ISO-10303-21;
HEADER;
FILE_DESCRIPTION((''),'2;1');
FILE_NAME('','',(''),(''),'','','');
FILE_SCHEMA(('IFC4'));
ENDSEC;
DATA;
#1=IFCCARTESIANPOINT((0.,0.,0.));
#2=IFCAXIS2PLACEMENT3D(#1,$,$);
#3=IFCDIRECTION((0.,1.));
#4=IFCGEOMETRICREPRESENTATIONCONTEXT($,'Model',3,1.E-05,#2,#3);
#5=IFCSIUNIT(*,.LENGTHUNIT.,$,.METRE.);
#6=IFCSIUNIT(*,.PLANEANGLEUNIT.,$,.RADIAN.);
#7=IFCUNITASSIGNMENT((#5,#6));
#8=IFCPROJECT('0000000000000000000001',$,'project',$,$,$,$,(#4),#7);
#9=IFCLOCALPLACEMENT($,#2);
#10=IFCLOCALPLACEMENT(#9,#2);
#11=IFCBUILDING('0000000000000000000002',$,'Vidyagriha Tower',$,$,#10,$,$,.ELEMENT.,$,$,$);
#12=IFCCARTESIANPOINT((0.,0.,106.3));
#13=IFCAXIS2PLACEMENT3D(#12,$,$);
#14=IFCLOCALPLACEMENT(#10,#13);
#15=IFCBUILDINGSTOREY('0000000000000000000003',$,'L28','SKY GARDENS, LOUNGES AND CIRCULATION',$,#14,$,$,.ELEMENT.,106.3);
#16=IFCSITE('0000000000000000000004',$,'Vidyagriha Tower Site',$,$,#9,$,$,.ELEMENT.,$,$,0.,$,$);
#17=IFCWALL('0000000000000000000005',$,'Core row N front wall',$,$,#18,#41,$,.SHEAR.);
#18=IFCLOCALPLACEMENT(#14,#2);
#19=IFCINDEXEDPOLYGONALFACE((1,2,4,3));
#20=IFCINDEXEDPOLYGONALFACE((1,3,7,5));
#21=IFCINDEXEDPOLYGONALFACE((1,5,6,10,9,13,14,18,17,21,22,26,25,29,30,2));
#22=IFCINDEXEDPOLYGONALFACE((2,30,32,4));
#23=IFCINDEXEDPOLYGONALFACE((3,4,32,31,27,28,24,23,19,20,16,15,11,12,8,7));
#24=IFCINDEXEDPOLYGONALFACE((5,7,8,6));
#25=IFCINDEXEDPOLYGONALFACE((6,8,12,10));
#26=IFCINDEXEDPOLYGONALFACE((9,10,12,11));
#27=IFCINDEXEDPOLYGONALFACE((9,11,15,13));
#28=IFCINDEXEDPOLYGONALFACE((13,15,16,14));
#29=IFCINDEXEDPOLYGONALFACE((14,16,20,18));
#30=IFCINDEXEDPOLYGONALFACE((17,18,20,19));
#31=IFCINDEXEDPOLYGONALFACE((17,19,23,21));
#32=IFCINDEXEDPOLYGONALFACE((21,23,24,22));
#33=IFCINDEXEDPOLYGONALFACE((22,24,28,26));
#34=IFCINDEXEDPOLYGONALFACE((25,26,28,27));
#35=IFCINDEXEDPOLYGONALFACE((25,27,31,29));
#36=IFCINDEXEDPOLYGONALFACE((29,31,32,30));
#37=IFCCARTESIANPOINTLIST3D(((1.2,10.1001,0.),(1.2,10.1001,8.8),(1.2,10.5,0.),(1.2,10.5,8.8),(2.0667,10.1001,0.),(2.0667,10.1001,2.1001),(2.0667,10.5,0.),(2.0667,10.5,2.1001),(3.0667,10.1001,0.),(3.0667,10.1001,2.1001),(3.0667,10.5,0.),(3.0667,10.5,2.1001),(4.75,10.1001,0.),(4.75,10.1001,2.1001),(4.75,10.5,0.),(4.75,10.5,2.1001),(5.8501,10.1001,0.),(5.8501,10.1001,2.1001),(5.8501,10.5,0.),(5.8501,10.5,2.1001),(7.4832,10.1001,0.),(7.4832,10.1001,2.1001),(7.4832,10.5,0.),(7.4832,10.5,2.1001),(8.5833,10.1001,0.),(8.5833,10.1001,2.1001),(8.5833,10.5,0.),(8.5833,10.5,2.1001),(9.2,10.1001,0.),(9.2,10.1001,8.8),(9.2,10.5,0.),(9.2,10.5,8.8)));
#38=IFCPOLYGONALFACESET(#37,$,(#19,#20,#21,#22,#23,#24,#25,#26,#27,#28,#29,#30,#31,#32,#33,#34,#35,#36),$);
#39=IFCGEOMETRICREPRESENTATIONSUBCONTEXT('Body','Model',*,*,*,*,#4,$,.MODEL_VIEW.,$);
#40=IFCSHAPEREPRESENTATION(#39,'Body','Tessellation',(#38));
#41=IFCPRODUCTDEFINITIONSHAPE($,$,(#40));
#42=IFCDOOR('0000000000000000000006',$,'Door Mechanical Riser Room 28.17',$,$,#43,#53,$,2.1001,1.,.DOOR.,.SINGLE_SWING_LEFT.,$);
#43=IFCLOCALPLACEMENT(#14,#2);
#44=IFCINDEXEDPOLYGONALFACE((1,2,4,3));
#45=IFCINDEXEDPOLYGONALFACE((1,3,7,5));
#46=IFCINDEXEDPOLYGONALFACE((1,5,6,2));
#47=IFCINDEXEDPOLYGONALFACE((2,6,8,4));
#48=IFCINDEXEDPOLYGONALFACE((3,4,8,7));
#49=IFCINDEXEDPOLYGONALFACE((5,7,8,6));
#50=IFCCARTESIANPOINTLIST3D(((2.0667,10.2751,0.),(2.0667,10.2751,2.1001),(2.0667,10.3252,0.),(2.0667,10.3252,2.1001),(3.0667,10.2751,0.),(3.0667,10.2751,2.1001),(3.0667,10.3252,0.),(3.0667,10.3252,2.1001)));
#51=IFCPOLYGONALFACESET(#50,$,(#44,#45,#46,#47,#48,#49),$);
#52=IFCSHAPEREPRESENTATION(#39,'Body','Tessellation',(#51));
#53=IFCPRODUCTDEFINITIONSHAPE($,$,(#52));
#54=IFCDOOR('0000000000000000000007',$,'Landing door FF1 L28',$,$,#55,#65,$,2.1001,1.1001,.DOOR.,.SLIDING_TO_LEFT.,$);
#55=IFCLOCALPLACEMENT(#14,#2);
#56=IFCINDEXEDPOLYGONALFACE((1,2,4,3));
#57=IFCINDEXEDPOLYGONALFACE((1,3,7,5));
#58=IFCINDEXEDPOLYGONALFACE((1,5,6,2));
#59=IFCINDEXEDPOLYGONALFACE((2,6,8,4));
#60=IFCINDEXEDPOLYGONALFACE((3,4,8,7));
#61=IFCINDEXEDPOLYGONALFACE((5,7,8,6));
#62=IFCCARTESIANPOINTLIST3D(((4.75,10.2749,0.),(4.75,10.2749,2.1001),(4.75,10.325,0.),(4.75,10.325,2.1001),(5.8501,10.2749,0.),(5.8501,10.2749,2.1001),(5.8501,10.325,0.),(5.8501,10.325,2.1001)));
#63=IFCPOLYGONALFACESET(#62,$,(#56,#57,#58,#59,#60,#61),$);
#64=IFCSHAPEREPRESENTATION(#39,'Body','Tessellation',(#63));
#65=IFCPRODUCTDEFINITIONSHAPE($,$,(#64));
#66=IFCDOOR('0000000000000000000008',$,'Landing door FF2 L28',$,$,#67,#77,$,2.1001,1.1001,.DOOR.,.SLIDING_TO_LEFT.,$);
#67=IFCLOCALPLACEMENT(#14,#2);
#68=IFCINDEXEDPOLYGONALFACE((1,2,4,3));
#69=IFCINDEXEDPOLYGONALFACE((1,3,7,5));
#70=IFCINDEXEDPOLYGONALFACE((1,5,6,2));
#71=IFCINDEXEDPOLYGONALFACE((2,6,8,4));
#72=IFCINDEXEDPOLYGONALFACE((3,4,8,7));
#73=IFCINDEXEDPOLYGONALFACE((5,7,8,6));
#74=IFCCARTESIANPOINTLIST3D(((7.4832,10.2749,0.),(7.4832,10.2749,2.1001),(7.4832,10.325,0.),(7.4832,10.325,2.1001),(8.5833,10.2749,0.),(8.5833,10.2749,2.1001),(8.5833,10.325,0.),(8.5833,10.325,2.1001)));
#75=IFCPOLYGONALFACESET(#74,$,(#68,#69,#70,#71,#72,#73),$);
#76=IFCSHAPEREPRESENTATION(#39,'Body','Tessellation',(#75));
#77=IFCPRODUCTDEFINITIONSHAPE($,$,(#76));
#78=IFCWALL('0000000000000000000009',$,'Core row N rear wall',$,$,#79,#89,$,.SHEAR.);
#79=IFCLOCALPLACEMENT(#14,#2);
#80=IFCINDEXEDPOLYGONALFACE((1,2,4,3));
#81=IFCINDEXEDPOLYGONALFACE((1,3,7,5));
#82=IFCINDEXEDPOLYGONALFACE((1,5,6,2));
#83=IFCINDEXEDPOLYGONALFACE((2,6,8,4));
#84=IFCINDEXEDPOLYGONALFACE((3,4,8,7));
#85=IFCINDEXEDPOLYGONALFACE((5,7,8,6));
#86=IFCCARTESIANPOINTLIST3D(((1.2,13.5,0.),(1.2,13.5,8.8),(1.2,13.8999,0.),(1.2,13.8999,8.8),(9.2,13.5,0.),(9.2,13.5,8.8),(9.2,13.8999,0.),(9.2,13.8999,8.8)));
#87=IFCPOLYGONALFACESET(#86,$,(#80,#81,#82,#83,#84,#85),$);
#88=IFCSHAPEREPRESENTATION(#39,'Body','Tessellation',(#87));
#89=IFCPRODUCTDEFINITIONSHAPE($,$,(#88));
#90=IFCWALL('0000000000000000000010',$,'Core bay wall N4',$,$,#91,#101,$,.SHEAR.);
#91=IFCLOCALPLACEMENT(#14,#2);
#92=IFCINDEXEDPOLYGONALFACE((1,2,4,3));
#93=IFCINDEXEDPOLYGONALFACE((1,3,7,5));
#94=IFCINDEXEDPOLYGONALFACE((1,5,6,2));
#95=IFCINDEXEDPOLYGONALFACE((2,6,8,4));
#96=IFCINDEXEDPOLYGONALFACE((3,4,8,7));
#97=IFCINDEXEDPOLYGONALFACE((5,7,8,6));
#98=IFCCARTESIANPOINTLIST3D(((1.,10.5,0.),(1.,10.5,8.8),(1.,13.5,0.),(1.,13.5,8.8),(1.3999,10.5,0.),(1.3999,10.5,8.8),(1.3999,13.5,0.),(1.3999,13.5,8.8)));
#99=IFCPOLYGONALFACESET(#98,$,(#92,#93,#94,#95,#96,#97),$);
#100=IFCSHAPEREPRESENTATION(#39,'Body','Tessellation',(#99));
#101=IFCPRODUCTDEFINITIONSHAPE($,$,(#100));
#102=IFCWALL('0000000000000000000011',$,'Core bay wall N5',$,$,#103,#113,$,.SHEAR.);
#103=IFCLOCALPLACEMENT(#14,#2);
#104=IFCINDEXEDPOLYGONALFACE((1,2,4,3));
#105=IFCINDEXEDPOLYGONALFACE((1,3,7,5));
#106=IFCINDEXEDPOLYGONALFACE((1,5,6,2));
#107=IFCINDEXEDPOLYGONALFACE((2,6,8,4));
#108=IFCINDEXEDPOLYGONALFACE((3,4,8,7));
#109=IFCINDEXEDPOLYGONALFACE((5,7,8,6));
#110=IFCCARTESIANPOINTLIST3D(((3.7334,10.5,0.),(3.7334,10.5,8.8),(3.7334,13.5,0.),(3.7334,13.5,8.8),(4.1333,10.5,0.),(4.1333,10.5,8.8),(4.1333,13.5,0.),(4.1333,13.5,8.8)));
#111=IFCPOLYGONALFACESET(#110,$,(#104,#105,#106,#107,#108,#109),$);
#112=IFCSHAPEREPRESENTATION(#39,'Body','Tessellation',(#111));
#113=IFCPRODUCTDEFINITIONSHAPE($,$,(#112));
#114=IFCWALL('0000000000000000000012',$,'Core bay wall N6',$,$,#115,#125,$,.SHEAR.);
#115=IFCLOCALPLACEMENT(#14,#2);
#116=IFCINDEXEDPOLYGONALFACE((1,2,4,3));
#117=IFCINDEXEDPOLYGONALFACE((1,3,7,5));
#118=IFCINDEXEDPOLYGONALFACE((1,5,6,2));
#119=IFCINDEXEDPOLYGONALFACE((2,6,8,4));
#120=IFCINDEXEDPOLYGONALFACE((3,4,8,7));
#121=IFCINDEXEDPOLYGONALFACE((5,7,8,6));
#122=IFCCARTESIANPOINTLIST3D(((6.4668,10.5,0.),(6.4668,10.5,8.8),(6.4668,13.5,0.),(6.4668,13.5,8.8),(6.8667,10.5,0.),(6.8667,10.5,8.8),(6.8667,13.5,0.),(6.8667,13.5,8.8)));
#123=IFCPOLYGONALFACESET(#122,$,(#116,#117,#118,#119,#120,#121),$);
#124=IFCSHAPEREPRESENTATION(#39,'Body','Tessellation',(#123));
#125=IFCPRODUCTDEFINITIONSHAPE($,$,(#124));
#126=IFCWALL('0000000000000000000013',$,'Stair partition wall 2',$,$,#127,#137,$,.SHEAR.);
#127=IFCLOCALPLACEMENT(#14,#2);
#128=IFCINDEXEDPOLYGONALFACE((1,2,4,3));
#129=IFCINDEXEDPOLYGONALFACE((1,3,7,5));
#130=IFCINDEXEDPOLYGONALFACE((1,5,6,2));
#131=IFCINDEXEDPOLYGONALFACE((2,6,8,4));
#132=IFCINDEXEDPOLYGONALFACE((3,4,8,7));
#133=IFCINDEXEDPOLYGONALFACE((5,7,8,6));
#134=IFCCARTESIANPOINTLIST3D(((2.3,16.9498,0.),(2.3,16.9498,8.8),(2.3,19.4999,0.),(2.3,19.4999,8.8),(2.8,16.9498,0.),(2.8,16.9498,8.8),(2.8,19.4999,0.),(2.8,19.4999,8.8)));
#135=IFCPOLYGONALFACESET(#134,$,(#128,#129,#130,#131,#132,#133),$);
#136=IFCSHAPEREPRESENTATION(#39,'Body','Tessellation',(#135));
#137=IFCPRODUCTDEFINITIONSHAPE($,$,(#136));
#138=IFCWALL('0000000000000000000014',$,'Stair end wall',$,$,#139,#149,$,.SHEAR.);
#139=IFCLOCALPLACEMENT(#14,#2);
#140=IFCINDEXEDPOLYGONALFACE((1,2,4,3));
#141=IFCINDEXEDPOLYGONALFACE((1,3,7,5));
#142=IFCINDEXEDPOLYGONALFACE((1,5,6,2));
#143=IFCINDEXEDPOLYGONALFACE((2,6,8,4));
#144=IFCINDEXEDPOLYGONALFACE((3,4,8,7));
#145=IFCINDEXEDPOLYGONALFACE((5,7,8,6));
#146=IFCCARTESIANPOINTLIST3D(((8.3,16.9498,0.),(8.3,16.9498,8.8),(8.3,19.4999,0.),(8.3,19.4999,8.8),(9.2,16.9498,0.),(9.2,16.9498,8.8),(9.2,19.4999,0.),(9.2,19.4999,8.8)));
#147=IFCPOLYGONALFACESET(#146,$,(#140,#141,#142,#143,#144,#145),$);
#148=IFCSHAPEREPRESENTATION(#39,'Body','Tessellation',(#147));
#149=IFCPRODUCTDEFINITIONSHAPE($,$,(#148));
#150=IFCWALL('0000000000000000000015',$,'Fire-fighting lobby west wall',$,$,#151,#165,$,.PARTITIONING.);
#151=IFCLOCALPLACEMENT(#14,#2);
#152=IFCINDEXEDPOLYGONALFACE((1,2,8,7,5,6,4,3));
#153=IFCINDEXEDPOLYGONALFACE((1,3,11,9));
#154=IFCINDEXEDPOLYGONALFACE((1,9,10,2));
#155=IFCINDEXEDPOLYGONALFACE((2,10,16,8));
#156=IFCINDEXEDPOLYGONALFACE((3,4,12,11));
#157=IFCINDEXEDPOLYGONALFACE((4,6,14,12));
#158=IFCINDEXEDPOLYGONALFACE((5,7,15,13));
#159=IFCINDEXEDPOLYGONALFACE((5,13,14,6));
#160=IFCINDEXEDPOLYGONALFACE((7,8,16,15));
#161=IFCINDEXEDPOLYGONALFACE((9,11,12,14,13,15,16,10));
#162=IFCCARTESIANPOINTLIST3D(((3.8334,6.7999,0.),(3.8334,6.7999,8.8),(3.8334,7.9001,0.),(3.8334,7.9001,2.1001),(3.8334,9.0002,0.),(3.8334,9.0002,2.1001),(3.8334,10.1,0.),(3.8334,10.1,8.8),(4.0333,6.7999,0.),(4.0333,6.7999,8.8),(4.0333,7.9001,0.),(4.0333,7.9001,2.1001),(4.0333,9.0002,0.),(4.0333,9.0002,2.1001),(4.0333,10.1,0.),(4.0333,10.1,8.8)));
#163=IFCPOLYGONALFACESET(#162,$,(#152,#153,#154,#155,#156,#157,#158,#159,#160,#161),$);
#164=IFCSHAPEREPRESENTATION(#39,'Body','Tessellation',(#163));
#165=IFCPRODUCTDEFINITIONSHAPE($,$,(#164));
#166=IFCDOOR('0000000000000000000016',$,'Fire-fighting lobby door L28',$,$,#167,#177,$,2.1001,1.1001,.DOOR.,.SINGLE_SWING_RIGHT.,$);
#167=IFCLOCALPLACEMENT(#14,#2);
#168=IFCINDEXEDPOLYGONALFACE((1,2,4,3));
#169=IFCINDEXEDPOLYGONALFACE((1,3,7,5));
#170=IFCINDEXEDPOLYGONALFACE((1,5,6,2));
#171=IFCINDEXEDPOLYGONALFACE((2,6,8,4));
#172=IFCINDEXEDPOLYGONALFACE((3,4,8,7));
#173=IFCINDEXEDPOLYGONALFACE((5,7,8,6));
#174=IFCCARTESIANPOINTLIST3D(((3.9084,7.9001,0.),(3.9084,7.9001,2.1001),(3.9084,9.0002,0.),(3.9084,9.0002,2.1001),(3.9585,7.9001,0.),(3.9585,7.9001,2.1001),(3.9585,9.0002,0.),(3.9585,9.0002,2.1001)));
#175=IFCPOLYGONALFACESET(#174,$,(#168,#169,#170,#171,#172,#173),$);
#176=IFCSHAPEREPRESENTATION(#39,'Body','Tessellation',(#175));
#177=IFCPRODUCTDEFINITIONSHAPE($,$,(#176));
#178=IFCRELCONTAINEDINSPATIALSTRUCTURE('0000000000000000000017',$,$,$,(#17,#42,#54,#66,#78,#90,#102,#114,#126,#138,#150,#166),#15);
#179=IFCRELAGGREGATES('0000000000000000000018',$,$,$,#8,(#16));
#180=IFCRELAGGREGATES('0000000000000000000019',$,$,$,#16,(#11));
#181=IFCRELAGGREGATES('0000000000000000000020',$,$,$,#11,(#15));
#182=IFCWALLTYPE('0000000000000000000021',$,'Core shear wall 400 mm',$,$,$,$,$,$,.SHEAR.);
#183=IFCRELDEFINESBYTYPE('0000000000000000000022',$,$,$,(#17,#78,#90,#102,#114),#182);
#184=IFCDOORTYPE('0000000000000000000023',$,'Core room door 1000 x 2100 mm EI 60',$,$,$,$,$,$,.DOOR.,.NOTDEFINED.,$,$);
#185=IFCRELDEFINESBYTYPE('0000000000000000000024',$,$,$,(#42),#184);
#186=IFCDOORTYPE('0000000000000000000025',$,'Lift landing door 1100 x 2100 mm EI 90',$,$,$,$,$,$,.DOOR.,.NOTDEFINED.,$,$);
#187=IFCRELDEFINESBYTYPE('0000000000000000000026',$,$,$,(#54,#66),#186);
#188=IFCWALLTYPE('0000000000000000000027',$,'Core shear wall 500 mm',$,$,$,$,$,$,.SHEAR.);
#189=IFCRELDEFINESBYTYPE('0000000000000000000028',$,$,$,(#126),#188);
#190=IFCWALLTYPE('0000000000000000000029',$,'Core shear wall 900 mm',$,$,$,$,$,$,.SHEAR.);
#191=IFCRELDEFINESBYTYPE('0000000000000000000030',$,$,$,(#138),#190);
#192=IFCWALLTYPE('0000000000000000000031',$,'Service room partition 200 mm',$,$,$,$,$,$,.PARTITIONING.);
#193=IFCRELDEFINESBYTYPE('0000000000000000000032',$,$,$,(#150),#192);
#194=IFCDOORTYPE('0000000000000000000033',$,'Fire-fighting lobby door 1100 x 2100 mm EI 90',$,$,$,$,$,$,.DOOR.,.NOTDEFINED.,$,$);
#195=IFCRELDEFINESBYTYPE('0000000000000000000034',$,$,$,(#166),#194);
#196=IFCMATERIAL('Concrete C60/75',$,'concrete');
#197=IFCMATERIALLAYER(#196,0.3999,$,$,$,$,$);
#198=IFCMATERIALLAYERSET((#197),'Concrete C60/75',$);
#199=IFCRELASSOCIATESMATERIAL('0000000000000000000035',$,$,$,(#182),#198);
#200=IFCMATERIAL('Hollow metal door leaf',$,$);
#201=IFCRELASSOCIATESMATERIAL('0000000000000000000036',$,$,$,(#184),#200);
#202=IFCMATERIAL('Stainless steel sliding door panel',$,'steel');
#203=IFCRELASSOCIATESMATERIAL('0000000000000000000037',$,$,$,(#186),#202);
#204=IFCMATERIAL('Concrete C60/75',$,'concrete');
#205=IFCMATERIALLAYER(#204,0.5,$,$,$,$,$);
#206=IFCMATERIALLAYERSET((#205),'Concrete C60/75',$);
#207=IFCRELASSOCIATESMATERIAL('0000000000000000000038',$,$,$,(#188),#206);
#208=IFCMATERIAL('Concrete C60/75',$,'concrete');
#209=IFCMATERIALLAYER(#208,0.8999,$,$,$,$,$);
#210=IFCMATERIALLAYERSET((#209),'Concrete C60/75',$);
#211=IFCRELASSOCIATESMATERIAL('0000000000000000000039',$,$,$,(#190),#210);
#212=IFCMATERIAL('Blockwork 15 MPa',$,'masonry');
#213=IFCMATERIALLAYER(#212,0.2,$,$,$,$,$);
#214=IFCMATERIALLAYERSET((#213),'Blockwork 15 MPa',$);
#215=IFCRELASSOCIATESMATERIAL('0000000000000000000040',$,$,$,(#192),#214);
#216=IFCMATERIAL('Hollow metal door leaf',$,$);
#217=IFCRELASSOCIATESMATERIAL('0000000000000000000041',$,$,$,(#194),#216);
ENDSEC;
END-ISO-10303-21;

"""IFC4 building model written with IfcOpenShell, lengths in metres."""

from ifc_helpers import new_model, si_unit, direction, frame, frame_2d, origin, place, context, subcontext, project, spatial, rectangle, extrude, material, layer, layer_set, type_object, element, fill, save


model = new_model("IFC4")

# Units and contexts
model_context = context("Model", 3, precision=1e-05, world=origin(), true_north=direction((0.0, 1.0)))
body_context = subcontext(model_context, "Body", "Model", "MODEL_VIEW")
ifc_project = project(units=[si_unit("LENGTHUNIT", "METRE"), si_unit("PLANEANGLEUNIT", "RADIAN")], contexts=[model_context])

# Site, building, storey
site_placement = place(None, origin())
site = spatial("IfcSite", under=ifc_project, at=site_placement, Name="Vidyagriha Tower Site", CompositionType="ELEMENT", RefElevation=0.0)
building_placement = place(site_placement, origin())
building = spatial("IfcBuilding", under=site, at=building_placement, Name="Vidyagriha Tower", CompositionType="ELEMENT")
storey_placement = place(building_placement, frame((0.0, 0.0, 106.3)))
storey = spatial("IfcBuildingStorey", under=building, at=storey_placement, Name="L28", Description="SKY GARDENS, LOUNGES AND CIRCULATION", CompositionType="ELEMENT", Elevation=106.3)

# Shared definitions
ifc_material_1 = material(Name="Concrete C60/75", Category="concrete")
ifc_layer_1 = layer(ifc_material_1, 0.3999)
ifc_layer_set_1 = layer_set([ifc_layer_1], Name="Concrete C60/75")
wall_type_1 = type_object("IfcWallType", Name="Core shear wall 400 mm", PredefinedType="SHEAR", material=ifc_layer_set_1)
ifc_material_2 = material(Name="Hollow metal door leaf")
door_type_1 = type_object("IfcDoorType", Name="Core room door 1000 x 2100 mm EI 60", OperationType="NOTDEFINED", PredefinedType="DOOR", material=ifc_material_2)

# Wall, openings, doors
wall_1_placement = place(storey_placement, frame((1.2, 10.3, 0.0)))
wall_1 = element("IfcWall", 1, at=wall_1_placement, inside=storey, type_object=wall_type_1, Name="Core row N front wall", PredefinedType="SHEAR", context=body_context, shape_type="SweptSolid", body=[
    extrude(rectangle(XDim=8.0, YDim=0.3999, at=frame_2d((4.0, 0.0))), origin(), (0.0, 0.0, 1.0), 8.8),
])
opening_1_placement = place(wall_1_placement, frame((3.55, 0.0, 0.0)))
opening_1 = element("IfcOpeningElement", 2, at=opening_1_placement, cuts=wall_1, PredefinedType="OPENING", context=body_context, shape_type="SweptSolid", body=[
    extrude(rectangle(XDim=1.1001, YDim=2.1001, at=frame_2d((0.55, 1.05))), frame((0.0, 0.21, 0.0), z_axis=(0.0, -1.0, 0.0), x_axis=(1.0, 0.0, 0.0)), (0.0, 0.0, 1.0), 0.4199),
])
opening_2_placement = place(wall_1_placement, frame((6.2832, 0.0, 0.0)))
opening_2 = element("IfcOpeningElement", 3, at=opening_2_placement, cuts=wall_1, PredefinedType="OPENING", context=body_context, shape_type="SweptSolid", body=[
    extrude(rectangle(XDim=1.1001, YDim=2.1001, at=frame_2d((0.55, 1.05))), frame((0.0, 0.21, 0.0), z_axis=(0.0, -1.0, 0.0), x_axis=(1.0, 0.0, 0.0)), (0.0, 0.0, 1.0), 0.4199),
])
opening_3_placement = place(wall_1_placement, frame((0.8667, 0.0, 0.0)))
opening_3 = element("IfcOpeningElement", 4, at=opening_3_placement, cuts=wall_1, PredefinedType="OPENING", context=body_context, shape_type="SweptSolid", body=[
    extrude(rectangle(XDim=1.0, YDim=2.1001, at=frame_2d((0.5, 1.05))), frame((0.0, 0.21, 0.0), z_axis=(0.0, -1.0, 0.0), x_axis=(1.0, 0.0, 0.0)), (0.0, 0.0, 1.0), 0.4199),
])
door_1_placement = place(opening_3_placement, frame((1.0, 0.0, 0.0), z_axis=(0.0, 0.0, 1.0), x_axis=(-1.0, 0.0, 0.0)))
door_1 = element("IfcDoor", 5, at=door_1_placement, inside=storey, type_object=door_type_1, Name="Door Mechanical Riser Room 28.17", OperationType="SINGLE_SWING_LEFT", OverallHeight=2.1001, OverallWidth=1.0, PredefinedType="DOOR", context=body_context, shape_type="SweptSolid", body=[
    extrude(rectangle(XDim=1.0, YDim=2.1001, at=frame_2d((0.5, 1.05))), frame((0.0, 0.0249, 0.0), z_axis=(0.0, -1.0, 0.0), x_axis=(1.0, 0.0, 0.0)), (0.0, 0.0, 1.0), 0.05),
])
fill(opening_3, door_1)
ifc_material_3 = material(Name="Stainless steel sliding door panel", Category="steel")
door_type_2 = type_object("IfcDoorType", Name="Lift landing door 1100 x 2100 mm EI 90", OperationType="NOTDEFINED", PredefinedType="DOOR", material=ifc_material_3)
door_2_placement = place(opening_1_placement, origin())
door_2 = element("IfcDoor", 6, at=door_2_placement, inside=storey, type_object=door_type_2, Name="Landing door FF1 L28", OperationType="SLIDING_TO_LEFT", OverallHeight=2.1001, OverallWidth=1.1001, PredefinedType="DOOR", context=body_context, shape_type="SweptSolid", body=[
    extrude(rectangle(XDim=1.1001, YDim=2.1001, at=frame_2d((0.55, 1.05))), frame((0.0, 0.0249, 0.0), z_axis=(0.0, -1.0, 0.0), x_axis=(1.0, 0.0, 0.0)), (0.0, 0.0, 1.0), 0.05),
])
fill(opening_1, door_2)
door_3_placement = place(opening_2_placement, origin())
door_3 = element("IfcDoor", 7, at=door_3_placement, inside=storey, type_object=door_type_2, Name="Landing door FF2 L28", OperationType="SLIDING_TO_LEFT", OverallHeight=2.1001, OverallWidth=1.1001, PredefinedType="DOOR", context=body_context, shape_type="SweptSolid", body=[
    extrude(rectangle(XDim=1.1001, YDim=2.1001, at=frame_2d((0.55, 1.05))), frame((0.0, 0.0249, 0.0), z_axis=(0.0, -1.0, 0.0), x_axis=(1.0, 0.0, 0.0)), (0.0, 0.0, 1.0), 0.05),
])
fill(opening_2, door_3)

# Walls
wall_2_placement = place(storey_placement, frame((1.2, 13.7, 0.0)))
element("IfcWall", 8, at=wall_2_placement, inside=storey, type_object=wall_type_1, Name="Core row N rear wall", PredefinedType="SHEAR", context=body_context, shape_type="SweptSolid", body=[
    extrude(rectangle(XDim=8.0, YDim=0.3999, at=frame_2d((4.0, 0.0))), origin(), (0.0, 0.0, 1.0), 8.8),
])
for number, where, z_axis, x_axis, name in (
    (9, (1.2, 10.5, 0.0), (0.0, 0.0, 1.0), (0.0, 1.0, 0.0), "Core bay wall N4"),
    (10, (3.9333, 10.5, 0.0), (0.0, 0.0, 1.0), (0.0, 1.0, 0.0), "Core bay wall N5"),
    (11, (6.6667, 10.5, 0.0), (0.0, 0.0, 1.0), (0.0, 1.0, 0.0), "Core bay wall N6"),
):
    element("IfcWall", number, at=place(storey_placement, frame(where, z_axis=z_axis, x_axis=x_axis)), inside=storey, type_object=wall_type_1, Name=name, PredefinedType="SHEAR", context=body_context, shape_type="SweptSolid", body=[
        extrude(rectangle(XDim=3.0, YDim=0.3999, at=frame_2d((1.5, 0.0))), origin(), (0.0, 0.0, 1.0), 8.8),
    ])
ifc_material_4 = material(Name="Concrete C60/75", Category="concrete")
ifc_layer_2 = layer(ifc_material_4, 0.5)
ifc_layer_set_2 = layer_set([ifc_layer_2], Name="Concrete C60/75")
wall_type_2 = type_object("IfcWallType", Name="Core shear wall 500 mm", PredefinedType="SHEAR", material=ifc_layer_set_2)
wall_3_placement = place(storey_placement, frame((2.55, 16.95, 0.0), z_axis=(0.0, 0.0, 1.0), x_axis=(0.0, 1.0, 0.0)))
element("IfcWall", 12, at=wall_3_placement, inside=storey, type_object=wall_type_2, Name="Stair partition wall 2", PredefinedType="SHEAR", context=body_context, shape_type="SweptSolid", body=[
    extrude(rectangle(XDim=2.55, YDim=0.5, at=frame_2d((1.2749, 0.0))), origin(), (0.0, 0.0, 1.0), 8.8),
])
ifc_material_5 = material(Name="Concrete C60/75", Category="concrete")
ifc_layer_3 = layer(ifc_material_5, 0.8999)
ifc_layer_set_3 = layer_set([ifc_layer_3], Name="Concrete C60/75")
wall_type_3 = type_object("IfcWallType", Name="Core shear wall 900 mm", PredefinedType="SHEAR", material=ifc_layer_set_3)
wall_4_placement = place(storey_placement, frame((8.75, 16.95, 0.0), z_axis=(0.0, 0.0, 1.0), x_axis=(0.0, 1.0, 0.0)))
element("IfcWall", 13, at=wall_4_placement, inside=storey, type_object=wall_type_3, Name="Stair end wall", PredefinedType="SHEAR", context=body_context, shape_type="SweptSolid", body=[
    extrude(rectangle(XDim=2.55, YDim=0.8999, at=frame_2d((1.2749, 0.0))), origin(), (0.0, 0.0, 1.0), 8.8),
])

# Wall, opening, door
ifc_material_6 = material(Name="Blockwork 15 MPa", Category="masonry")
ifc_layer_4 = layer(ifc_material_6, 0.2)
ifc_layer_set_4 = layer_set([ifc_layer_4], Name="Blockwork 15 MPa")
wall_type_4 = type_object("IfcWallType", Name="Service room partition 200 mm", PredefinedType="PARTITIONING", material=ifc_layer_set_4)
wall_5_placement = place(storey_placement, frame((3.9333, 6.8, 0.0), z_axis=(0.0, 0.0, 1.0), x_axis=(0.0, 1.0, 0.0)))
wall_5 = element("IfcWall", 14, at=wall_5_placement, inside=storey, type_object=wall_type_4, Name="Fire-fighting lobby west wall", PredefinedType="PARTITIONING", context=body_context, shape_type="SweptSolid", body=[
    extrude(rectangle(XDim=3.3, YDim=0.2, at=frame_2d((1.6499, 0.0))), origin(), (0.0, 0.0, 1.0), 8.8),
])
opening_4_placement = place(wall_5_placement, frame((1.1001, 0.0, 0.0)))
opening_4 = element("IfcOpeningElement", 15, at=opening_4_placement, cuts=wall_5, PredefinedType="OPENING", context=body_context, shape_type="SweptSolid", body=[
    extrude(rectangle(XDim=1.1001, YDim=2.1001, at=frame_2d((0.55, 1.05))), frame((0.0, 0.1099, 0.0), z_axis=(0.0, -1.0, 0.0), x_axis=(1.0, 0.0, 0.0)), (0.0, 0.0, 1.0), 0.22),
])
ifc_material_7 = material(Name="Hollow metal door leaf")
door_type_3 = type_object("IfcDoorType", Name="Fire-fighting lobby door 1100 x 2100 mm EI 90", OperationType="NOTDEFINED", PredefinedType="DOOR", material=ifc_material_7)
door_4_placement = place(opening_4_placement, origin())
door_4 = element("IfcDoor", 16, at=door_4_placement, inside=storey, type_object=door_type_3, Name="Fire-fighting lobby door L28", OperationType="SINGLE_SWING_RIGHT", OverallHeight=2.1001, OverallWidth=1.1001, PredefinedType="DOOR", context=body_context, shape_type="SweptSolid", body=[
    extrude(rectangle(XDim=1.1001, YDim=2.1001, at=frame_2d((0.55, 1.05))), frame((0.0, 0.0249, 0.0), z_axis=(0.0, -1.0, 0.0), x_axis=(1.0, 0.0, 0.0)), (0.0, 0.0, 1.0), 0.05),
])
fill(opening_4, door_4)

save(model, "model.ifc")
